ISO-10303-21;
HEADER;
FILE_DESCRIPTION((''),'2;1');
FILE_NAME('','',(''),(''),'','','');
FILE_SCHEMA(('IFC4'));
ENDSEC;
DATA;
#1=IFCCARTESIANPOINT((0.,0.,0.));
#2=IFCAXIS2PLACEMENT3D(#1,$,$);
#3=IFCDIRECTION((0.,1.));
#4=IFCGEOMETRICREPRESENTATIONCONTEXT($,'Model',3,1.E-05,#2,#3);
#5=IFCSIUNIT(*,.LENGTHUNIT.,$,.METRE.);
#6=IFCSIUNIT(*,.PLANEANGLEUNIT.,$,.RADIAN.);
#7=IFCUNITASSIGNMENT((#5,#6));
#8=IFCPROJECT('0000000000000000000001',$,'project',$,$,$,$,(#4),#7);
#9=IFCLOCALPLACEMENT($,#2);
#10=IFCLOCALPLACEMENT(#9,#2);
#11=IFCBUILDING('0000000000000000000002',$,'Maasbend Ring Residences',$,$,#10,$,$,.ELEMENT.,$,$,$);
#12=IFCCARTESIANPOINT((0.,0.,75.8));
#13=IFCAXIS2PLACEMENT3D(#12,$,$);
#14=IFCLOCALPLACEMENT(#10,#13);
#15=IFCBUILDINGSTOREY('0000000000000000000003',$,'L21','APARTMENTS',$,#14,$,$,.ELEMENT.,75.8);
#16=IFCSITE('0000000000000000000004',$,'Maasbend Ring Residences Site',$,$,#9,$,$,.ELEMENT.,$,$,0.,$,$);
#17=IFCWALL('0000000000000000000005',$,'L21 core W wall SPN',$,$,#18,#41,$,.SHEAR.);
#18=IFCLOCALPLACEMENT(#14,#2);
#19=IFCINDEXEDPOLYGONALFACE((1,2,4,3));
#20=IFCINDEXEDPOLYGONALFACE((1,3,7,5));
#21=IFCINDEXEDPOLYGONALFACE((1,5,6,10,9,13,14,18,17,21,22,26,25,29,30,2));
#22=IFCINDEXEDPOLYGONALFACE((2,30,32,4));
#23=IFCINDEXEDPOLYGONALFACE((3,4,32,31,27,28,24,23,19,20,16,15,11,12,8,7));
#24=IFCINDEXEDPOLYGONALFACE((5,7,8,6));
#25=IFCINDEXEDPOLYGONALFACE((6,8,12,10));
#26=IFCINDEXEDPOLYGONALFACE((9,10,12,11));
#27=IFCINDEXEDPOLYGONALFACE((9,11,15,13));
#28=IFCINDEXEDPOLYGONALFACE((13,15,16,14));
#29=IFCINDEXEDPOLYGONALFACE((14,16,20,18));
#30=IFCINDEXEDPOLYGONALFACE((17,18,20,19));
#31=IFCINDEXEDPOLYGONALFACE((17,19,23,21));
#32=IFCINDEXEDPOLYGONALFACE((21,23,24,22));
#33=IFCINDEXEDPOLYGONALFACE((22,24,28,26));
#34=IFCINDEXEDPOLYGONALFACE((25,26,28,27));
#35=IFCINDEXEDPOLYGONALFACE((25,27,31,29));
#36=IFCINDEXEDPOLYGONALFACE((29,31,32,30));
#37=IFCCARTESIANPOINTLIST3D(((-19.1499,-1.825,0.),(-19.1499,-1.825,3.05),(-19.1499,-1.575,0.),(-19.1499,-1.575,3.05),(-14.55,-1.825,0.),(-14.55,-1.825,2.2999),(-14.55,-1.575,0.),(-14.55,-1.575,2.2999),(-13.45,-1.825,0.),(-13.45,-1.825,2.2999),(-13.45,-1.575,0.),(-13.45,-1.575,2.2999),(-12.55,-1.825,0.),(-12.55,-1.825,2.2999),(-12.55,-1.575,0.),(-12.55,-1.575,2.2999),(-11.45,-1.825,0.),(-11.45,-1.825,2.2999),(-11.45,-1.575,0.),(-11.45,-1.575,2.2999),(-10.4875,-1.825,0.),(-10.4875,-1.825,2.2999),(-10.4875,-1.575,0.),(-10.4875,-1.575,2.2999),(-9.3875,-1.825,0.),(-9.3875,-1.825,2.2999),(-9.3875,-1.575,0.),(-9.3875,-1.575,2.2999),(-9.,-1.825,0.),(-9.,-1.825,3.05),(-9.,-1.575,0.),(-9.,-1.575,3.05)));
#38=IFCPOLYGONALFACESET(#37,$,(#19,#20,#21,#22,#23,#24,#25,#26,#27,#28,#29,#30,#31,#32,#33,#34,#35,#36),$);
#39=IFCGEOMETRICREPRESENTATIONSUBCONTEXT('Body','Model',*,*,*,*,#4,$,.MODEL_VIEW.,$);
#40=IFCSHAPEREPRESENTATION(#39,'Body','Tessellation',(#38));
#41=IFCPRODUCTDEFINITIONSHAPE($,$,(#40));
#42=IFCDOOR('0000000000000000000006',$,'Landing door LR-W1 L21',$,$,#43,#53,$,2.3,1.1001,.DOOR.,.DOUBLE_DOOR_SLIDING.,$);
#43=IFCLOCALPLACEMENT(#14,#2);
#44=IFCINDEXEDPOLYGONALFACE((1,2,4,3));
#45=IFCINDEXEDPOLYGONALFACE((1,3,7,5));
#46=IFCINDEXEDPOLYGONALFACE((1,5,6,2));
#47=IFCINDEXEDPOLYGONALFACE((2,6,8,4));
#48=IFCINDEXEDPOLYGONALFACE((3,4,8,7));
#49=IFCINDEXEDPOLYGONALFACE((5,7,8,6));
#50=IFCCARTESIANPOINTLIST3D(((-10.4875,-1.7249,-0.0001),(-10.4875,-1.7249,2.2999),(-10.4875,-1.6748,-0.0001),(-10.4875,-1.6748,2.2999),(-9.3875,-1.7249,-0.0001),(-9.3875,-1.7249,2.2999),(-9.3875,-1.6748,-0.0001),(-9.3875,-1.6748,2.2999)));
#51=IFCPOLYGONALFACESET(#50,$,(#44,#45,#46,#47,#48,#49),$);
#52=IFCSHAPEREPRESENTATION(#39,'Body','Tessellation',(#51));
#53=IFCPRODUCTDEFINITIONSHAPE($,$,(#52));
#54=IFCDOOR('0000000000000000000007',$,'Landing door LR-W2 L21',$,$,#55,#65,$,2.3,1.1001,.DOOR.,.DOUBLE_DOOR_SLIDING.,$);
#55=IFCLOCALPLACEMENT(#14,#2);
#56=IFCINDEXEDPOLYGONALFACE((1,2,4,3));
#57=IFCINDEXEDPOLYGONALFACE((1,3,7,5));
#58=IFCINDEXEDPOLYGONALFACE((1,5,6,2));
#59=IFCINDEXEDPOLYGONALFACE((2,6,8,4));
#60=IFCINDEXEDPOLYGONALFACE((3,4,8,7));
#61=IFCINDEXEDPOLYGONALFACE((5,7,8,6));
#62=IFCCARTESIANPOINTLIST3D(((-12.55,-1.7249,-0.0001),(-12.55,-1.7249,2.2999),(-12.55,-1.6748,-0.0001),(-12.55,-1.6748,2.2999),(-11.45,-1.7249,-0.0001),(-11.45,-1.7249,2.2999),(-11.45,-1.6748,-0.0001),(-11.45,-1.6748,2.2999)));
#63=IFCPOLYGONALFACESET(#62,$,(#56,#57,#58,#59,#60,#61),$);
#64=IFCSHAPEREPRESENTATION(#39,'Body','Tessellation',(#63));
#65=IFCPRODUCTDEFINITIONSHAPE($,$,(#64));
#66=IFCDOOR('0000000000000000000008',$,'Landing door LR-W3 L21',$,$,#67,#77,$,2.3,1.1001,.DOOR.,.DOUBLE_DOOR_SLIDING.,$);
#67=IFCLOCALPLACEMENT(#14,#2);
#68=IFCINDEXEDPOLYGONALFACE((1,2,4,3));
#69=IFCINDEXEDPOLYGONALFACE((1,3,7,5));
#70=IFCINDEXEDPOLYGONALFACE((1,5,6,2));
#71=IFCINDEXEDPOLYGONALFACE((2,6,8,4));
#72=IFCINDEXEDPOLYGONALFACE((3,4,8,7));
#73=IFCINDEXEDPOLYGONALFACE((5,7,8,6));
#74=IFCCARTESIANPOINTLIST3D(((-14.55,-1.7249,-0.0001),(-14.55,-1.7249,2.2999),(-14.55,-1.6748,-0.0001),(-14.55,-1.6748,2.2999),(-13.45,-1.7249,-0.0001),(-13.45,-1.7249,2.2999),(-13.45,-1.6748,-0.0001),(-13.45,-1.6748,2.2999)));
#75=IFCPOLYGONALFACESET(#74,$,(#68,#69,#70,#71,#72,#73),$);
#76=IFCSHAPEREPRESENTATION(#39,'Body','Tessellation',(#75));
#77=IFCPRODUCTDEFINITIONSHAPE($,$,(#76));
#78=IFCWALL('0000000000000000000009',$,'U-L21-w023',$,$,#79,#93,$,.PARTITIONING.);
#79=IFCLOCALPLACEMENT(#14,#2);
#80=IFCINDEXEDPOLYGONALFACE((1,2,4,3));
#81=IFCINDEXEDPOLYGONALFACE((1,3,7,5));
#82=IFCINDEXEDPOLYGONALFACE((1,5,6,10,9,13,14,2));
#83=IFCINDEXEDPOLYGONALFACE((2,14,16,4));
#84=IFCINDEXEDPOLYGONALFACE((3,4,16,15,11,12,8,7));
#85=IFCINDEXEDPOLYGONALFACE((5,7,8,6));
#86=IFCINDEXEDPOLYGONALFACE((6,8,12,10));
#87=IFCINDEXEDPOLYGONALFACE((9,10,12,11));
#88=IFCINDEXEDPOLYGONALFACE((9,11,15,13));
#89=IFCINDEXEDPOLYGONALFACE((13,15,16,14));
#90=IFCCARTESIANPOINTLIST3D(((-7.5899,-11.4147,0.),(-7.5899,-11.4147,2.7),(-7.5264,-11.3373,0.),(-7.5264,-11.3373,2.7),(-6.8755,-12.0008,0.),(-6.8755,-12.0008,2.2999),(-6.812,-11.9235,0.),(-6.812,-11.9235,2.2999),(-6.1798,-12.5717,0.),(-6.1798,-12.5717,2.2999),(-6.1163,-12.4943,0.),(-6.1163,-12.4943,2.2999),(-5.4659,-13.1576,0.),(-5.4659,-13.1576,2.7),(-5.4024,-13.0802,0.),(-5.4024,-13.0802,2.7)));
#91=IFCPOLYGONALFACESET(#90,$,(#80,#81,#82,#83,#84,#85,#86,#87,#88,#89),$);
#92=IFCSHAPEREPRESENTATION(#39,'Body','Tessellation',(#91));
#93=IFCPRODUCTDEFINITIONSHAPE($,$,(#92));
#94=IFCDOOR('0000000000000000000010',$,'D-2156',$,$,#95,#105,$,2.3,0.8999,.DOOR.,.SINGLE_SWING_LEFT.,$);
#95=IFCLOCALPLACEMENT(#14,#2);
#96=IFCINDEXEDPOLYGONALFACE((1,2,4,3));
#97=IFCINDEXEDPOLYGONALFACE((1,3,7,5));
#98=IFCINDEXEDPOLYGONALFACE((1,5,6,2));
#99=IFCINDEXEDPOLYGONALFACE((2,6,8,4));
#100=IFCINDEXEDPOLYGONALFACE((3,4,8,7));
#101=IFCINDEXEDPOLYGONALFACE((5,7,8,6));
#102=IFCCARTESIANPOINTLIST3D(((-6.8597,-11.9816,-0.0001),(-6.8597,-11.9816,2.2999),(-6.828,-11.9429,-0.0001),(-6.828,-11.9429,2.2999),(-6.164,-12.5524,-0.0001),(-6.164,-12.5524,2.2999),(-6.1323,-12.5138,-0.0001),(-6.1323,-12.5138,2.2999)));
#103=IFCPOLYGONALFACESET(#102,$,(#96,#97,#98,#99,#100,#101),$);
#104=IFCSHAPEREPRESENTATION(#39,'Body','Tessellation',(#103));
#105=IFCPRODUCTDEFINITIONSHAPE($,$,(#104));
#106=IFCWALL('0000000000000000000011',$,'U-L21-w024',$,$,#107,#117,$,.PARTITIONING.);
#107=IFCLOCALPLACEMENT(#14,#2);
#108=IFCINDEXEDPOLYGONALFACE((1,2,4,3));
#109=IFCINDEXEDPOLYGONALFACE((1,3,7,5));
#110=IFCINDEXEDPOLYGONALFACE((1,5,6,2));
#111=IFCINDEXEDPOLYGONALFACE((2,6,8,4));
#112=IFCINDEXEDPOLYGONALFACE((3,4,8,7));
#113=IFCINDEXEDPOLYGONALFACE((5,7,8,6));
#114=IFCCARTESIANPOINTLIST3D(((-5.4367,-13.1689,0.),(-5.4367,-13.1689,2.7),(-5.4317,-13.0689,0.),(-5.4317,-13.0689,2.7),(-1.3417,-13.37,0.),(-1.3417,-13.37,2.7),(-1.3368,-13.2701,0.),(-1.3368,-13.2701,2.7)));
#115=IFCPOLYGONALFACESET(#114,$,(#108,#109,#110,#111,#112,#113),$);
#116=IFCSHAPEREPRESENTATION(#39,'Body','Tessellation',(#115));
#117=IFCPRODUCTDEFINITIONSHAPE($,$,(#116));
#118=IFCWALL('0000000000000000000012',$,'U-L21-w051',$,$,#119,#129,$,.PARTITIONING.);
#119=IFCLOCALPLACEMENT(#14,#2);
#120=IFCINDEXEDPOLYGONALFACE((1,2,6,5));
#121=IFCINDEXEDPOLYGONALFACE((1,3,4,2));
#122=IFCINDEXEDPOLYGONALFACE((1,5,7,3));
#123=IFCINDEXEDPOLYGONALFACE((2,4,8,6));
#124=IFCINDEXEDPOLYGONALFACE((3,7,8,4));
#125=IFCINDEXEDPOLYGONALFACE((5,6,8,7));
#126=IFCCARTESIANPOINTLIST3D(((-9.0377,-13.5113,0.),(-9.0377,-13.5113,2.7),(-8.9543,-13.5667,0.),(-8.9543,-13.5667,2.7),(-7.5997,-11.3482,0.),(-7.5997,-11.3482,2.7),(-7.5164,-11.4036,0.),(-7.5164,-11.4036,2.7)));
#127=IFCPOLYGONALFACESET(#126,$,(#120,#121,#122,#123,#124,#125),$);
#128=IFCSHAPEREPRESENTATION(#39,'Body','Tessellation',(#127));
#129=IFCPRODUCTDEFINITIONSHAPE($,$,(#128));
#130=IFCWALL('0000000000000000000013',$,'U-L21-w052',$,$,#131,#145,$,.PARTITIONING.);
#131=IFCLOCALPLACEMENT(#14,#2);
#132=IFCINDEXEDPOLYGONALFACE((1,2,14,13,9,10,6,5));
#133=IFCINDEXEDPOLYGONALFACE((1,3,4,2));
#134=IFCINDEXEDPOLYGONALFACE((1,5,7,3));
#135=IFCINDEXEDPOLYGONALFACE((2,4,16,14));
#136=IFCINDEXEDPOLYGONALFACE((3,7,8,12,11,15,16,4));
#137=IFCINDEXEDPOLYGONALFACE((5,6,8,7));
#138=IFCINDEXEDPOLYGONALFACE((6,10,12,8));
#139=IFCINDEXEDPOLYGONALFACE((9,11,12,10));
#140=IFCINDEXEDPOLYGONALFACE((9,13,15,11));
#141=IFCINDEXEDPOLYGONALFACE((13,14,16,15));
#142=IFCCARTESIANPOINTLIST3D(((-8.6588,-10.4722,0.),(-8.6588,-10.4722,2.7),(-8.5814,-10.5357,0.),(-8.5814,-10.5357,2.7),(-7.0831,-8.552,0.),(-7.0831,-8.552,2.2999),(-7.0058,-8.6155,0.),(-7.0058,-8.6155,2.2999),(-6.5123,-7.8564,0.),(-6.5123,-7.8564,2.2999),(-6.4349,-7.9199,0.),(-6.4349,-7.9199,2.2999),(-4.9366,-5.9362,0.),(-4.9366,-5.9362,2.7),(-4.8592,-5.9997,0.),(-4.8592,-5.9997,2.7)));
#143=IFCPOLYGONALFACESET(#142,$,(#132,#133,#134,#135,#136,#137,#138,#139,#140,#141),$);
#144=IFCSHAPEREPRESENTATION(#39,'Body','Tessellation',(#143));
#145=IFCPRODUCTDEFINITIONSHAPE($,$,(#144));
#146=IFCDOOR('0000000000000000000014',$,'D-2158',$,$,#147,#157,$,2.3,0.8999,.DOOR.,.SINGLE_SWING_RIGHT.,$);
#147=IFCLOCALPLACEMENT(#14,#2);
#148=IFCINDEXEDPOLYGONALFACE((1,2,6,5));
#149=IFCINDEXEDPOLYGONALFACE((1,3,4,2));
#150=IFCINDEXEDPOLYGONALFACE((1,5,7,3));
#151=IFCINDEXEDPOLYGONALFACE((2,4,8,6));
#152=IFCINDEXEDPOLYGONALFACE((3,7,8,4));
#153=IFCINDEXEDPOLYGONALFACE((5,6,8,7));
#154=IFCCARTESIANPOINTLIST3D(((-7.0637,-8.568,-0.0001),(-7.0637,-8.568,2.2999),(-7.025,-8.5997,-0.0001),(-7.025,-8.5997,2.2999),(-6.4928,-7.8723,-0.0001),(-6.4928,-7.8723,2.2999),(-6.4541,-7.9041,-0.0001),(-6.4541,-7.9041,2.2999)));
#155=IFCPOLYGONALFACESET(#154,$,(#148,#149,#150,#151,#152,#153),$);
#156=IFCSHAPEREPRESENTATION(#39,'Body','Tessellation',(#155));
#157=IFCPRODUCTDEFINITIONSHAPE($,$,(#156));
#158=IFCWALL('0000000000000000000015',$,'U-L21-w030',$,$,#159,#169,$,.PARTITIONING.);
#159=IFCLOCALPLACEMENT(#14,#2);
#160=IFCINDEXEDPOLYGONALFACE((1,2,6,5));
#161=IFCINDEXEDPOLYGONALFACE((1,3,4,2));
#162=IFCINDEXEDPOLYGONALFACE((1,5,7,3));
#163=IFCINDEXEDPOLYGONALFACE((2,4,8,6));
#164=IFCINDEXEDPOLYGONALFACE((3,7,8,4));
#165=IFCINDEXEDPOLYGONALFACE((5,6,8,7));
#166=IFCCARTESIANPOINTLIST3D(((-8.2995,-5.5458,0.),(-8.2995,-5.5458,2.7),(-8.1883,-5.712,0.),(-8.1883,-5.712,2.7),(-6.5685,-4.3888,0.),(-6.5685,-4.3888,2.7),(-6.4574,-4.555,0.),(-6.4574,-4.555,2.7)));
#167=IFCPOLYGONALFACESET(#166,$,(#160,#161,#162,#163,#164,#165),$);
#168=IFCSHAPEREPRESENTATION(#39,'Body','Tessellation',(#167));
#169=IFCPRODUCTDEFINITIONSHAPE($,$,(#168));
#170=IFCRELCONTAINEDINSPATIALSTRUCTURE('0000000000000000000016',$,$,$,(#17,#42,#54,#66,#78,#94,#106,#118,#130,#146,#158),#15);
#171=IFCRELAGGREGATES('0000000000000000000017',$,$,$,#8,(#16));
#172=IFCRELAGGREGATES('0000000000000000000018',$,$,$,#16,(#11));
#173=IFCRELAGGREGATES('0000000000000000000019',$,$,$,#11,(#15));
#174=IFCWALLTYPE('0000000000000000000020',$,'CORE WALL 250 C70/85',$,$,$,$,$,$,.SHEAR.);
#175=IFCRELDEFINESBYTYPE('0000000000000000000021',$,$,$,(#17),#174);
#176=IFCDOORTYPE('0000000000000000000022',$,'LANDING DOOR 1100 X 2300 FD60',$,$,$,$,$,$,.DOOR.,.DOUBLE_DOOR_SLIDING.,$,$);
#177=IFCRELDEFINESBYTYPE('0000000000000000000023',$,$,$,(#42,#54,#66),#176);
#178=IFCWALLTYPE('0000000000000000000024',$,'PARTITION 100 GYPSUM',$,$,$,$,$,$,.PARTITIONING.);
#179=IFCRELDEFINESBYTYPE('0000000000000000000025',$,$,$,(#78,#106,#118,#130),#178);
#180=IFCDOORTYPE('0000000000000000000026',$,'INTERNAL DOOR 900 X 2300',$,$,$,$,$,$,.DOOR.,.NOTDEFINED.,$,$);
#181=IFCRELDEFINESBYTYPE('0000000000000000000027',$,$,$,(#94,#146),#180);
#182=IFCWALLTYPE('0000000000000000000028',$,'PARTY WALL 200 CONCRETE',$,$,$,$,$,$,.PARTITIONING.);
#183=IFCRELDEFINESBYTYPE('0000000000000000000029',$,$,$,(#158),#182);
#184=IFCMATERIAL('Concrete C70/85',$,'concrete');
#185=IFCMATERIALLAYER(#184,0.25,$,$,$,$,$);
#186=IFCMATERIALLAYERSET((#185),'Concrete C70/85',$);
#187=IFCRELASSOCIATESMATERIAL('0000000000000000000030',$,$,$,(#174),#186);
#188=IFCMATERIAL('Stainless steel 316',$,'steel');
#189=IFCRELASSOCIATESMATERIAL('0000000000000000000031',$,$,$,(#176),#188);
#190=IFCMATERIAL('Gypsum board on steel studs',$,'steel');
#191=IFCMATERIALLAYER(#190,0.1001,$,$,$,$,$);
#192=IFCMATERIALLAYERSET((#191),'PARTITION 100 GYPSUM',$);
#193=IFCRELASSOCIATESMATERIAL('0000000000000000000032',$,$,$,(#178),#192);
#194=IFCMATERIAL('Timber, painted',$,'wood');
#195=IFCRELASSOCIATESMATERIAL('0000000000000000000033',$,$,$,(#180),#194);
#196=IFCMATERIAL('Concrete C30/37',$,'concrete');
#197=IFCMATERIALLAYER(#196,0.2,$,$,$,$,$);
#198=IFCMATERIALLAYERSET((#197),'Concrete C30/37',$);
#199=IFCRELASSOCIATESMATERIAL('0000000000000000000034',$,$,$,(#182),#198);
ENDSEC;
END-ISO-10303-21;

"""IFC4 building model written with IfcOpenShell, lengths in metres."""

from ifc_helpers import new_model, si_unit, direction, frame, frame_2d, origin, place, context, subcontext, project, spatial, rectangle, extrude, material, layer, layer_set, type_object, element, fill, save


model = new_model("IFC4")

# Units and contexts
model_context = context("Model", 3, precision=1e-05, world=origin(), true_north=direction((0.0, 1.0)))
body_context = subcontext(model_context, "Body", "Model", "MODEL_VIEW")
ifc_project = project(units=[si_unit("LENGTHUNIT", "METRE"), si_unit("PLANEANGLEUNIT", "RADIAN")], contexts=[model_context])

# Site, building, storey
site_placement = place(None, origin())
site = spatial("IfcSite", under=ifc_project, at=site_placement, Name="Maasbend Ring Residences Site", CompositionType="ELEMENT", RefElevation=0.0)
building_placement = place(site_placement, origin())
building = spatial("IfcBuilding", under=site, at=building_placement, Name="Maasbend Ring Residences", CompositionType="ELEMENT")
storey_placement = place(building_placement, frame((0.0, 0.0, 75.8)))
storey = spatial("IfcBuildingStorey", under=building, at=storey_placement, Name="L21", Description="APARTMENTS", CompositionType="ELEMENT", Elevation=75.8)

# Wall, openings, doors
ifc_material_1 = material(Name="Concrete C70/85", Category="concrete")
ifc_layer_1 = layer(ifc_material_1, 0.25)
ifc_layer_set_1 = layer_set([ifc_layer_1], Name="Concrete C70/85")
wall_type_1 = type_object("IfcWallType", Name="CORE WALL 250 C70/85", PredefinedType="SHEAR", material=ifc_layer_set_1)
wall_1_placement = place(storey_placement, frame((-9.0, -1.7, 0.0), z_axis=(0.0, 0.0, 1.0), x_axis=(-1.0, 0.0, 0.0)))
wall_1 = element("IfcWall", 1, at=wall_1_placement, inside=storey, type_object=wall_type_1, Name="L21 core W wall SPN", PredefinedType="SHEAR", context=body_context, shape_type="SweptSolid", body=[
    extrude(rectangle(XDim=10.1499, YDim=0.25, at=frame_2d((5.075, 0.0))), origin(), (0.0, 0.0, 1.0), 3.05),
])
opening_1_placement = place(wall_1_placement, frame((0.3875, 0.0, 0.0)))
opening_1 = element("IfcOpeningElement", 2, at=opening_1_placement, cuts=wall_1, PredefinedType="OPENING", context=body_context, shape_type="SweptSolid", body=[
    extrude(rectangle(XDim=1.1001, YDim=2.3, at=frame_2d((0.55, 1.1499))), frame((0.0, 0.135, 0.0), z_axis=(0.0, -1.0, 0.0), x_axis=(1.0, 0.0, 0.0)), (0.0, 0.0, 1.0), 0.27),
])
opening_2_placement = place(wall_1_placement, frame((2.45, 0.0, 0.0)))
opening_2 = element("IfcOpeningElement", 3, at=opening_2_placement, cuts=wall_1, PredefinedType="OPENING", context=body_context, shape_type="SweptSolid", body=[
    extrude(rectangle(XDim=1.1001, YDim=2.3, at=frame_2d((0.55, 1.1499))), frame((0.0, 0.135, 0.0), z_axis=(0.0, -1.0, 0.0), x_axis=(1.0, 0.0, 0.0)), (0.0, 0.0, 1.0), 0.27),
])
opening_3_placement = place(wall_1_placement, frame((4.45, 0.0, 0.0)))
opening_3 = element("IfcOpeningElement", 4, at=opening_3_placement, cuts=wall_1, PredefinedType="OPENING", context=body_context, shape_type="SweptSolid", body=[
    extrude(rectangle(XDim=1.1001, YDim=2.3, at=frame_2d((0.55, 1.1499))), frame((0.0, 0.135, 0.0), z_axis=(0.0, -1.0, 0.0), x_axis=(1.0, 0.0, 0.0)), (0.0, 0.0, 1.0), 0.27),
])
ifc_material_2 = material(Name="Stainless steel 316", Category="steel")
door_type_1 = type_object("IfcDoorType", Name="LANDING DOOR 1100 X 2300 FD60", OperationType="DOUBLE_DOOR_SLIDING", PredefinedType="DOOR", material=ifc_material_2)
door_1_placement = place(opening_1_placement, origin())
door_1 = element("IfcDoor", 5, at=door_1_placement, inside=storey, type_object=door_type_1, Name="Landing door LR-W1 L21", OperationType="DOUBLE_DOOR_SLIDING", OverallHeight=2.3, OverallWidth=1.1001, PredefinedType="DOOR", context=body_context, shape_type="SweptSolid", body=[
    extrude(rectangle(XDim=1.1001, YDim=2.3, at=frame_2d((0.55, 1.1499))), frame((0.0, 0.0249, 0.0), z_axis=(0.0, -1.0, 0.0), x_axis=(1.0, 0.0, 0.0)), (0.0, 0.0, 1.0), 0.05),
])
fill(opening_1, door_1)
door_2_placement = place(opening_2_placement, origin())
door_2 = element("IfcDoor", 6, at=door_2_placement, inside=storey, type_object=door_type_1, Name="Landing door LR-W2 L21", OperationType="DOUBLE_DOOR_SLIDING", OverallHeight=2.3, OverallWidth=1.1001, PredefinedType="DOOR", context=body_context, shape_type="SweptSolid", body=[
    extrude(rectangle(XDim=1.1001, YDim=2.3, at=frame_2d((0.55, 1.1499))), frame((0.0, 0.0249, 0.0), z_axis=(0.0, -1.0, 0.0), x_axis=(1.0, 0.0, 0.0)), (0.0, 0.0, 1.0), 0.05),
])
fill(opening_2, door_2)
door_3_placement = place(opening_3_placement, origin())
door_3 = element("IfcDoor", 7, at=door_3_placement, inside=storey, type_object=door_type_1, Name="Landing door LR-W3 L21", OperationType="DOUBLE_DOOR_SLIDING", OverallHeight=2.3, OverallWidth=1.1001, PredefinedType="DOOR", context=body_context, shape_type="SweptSolid", body=[
    extrude(rectangle(XDim=1.1001, YDim=2.3, at=frame_2d((0.55, 1.1499))), frame((0.0, 0.0249, 0.0), z_axis=(0.0, -1.0, 0.0), x_axis=(1.0, 0.0, 0.0)), (0.0, 0.0, 1.0), 0.05),
])
fill(opening_3, door_3)

# Wall, opening, door
ifc_material_3 = material(Name="Gypsum board on steel studs", Category="steel")
ifc_layer_2 = layer(ifc_material_3, 0.1001)
ifc_layer_set_2 = layer_set([ifc_layer_2], Name="PARTITION 100 GYPSUM")
wall_type_2 = type_object("IfcWallType", Name="PARTITION 100 GYPSUM", PredefinedType="PARTITIONING", material=ifc_layer_set_2)
wall_2_placement = place(storey_placement, frame((-7.5581, -11.376, 0.0), z_axis=(0.0, 0.0, 1.0), x_axis=(0.77305, -0.634345, 0.0)))
wall_2 = element("IfcWall", 8, at=wall_2_placement, inside=storey, type_object=wall_type_2, Name="U-L21-w023", PredefinedType="PARTITIONING", context=body_context, shape_type="SweptSolid", body=[
    extrude(rectangle(XDim=2.7476, YDim=0.1001, at=frame_2d((1.3738, 0.0))), origin(), (0.0, 0.0, 1.0), 2.7),
])
opening_4_placement = place(wall_2_placement, frame((0.9241, 0.0, 0.0)))
opening_4 = element("IfcOpeningElement", 9, at=opening_4_placement, cuts=wall_2, PredefinedType="OPENING", context=body_context, shape_type="SweptSolid", body=[
    extrude(rectangle(XDim=0.8999, YDim=2.3, at=frame_2d((0.45, 1.1499))), frame((0.0, 0.0601, 0.0), z_axis=(0.0, -1.0, 0.0), x_axis=(1.0, 0.0, 0.0)), (0.0, 0.0, 1.0), 0.1201),
])
ifc_material_4 = material(Name="Timber, painted", Category="wood")
door_type_2 = type_object("IfcDoorType", Name="INTERNAL DOOR 900 X 2300", OperationType="NOTDEFINED", PredefinedType="DOOR", material=ifc_material_4)
door_4_placement = place(opening_4_placement, origin())
door_4 = element("IfcDoor", 10, at=door_4_placement, inside=storey, type_object=door_type_2, Name="D-2156", OperationType="SINGLE_SWING_LEFT", OverallHeight=2.3, OverallWidth=0.8999, PredefinedType="DOOR", context=body_context, shape_type="SweptSolid", body=[
    extrude(rectangle(XDim=0.8999, YDim=2.3, at=frame_2d((0.45, 1.1499))), frame((0.0, 0.0249, 0.0), z_axis=(0.0, -1.0, 0.0), x_axis=(1.0, 0.0, 0.0)), (0.0, 0.0, 1.0), 0.05),
])
fill(opening_4, door_4)

# Walls
wall_3_placement = place(storey_placement, frame((-5.4341, -13.1189, 0.0), z_axis=(0.0, 0.0, 1.0), x_axis=(0.998795, -0.049067, 0.0)))
element("IfcWall", 11, at=wall_3_placement, inside=storey, type_object=wall_type_2, Name="U-L21-w024", PredefinedType="PARTITIONING", context=body_context, shape_type="SweptSolid", body=[
    extrude(rectangle(XDim=4.0999, YDim=0.1001, at=frame_2d((2.0498, 0.0))), origin(), (0.0, 0.0, 1.0), 2.7),
])
wall_4_placement = place(storey_placement, frame((-8.9961, -13.5391, 0.0), z_axis=(0.0, 0.0, 1.0), x_axis=(0.553615, 0.832773, 0.0)))
element("IfcWall", 12, at=wall_4_placement, inside=storey, type_object=wall_type_2, Name="U-L21-w051", PredefinedType="PARTITIONING", context=body_context, shape_type="SweptSolid", body=[
    extrude(rectangle(XDim=2.5974, YDim=0.1001, at=frame_2d((1.2988, 0.0))), origin(), (0.0, 0.0, 1.0), 2.7),
])

# Wall, opening, door
wall_5_placement = place(storey_placement, frame((-8.6201, -10.5039, 0.0), z_axis=(0.0, 0.0, 1.0), x_axis=(0.634359, 0.773039, 0.0)))
wall_5 = element("IfcWall", 13, at=wall_5_placement, inside=storey, type_object=wall_type_2, Name="U-L21-w052", PredefinedType="PARTITIONING", context=body_context, shape_type="SweptSolid", body=[
    extrude(rectangle(XDim=5.8677, YDim=0.1001, at=frame_2d((2.9338, 0.0))), origin(), (0.0, 0.0, 1.0), 2.7),
])
opening_5_placement = place(wall_5_placement, frame((2.4839, 0.0, 0.0)))
opening_5 = element("IfcOpeningElement", 14, at=opening_5_placement, cuts=wall_5, PredefinedType="OPENING", context=body_context, shape_type="SweptSolid", body=[
    extrude(rectangle(XDim=0.8999, YDim=2.3, at=frame_2d((0.45, 1.1499))), frame((0.0, 0.0601, 0.0), z_axis=(0.0, -1.0, 0.0), x_axis=(1.0, 0.0, 0.0)), (0.0, 0.0, 1.0), 0.1201),
])
door_5_placement = place(opening_5_placement, origin())
door_5 = element("IfcDoor", 15, at=door_5_placement, inside=storey, type_object=door_type_2, Name="D-2158", OperationType="SINGLE_SWING_RIGHT", OverallHeight=2.3, OverallWidth=0.8999, PredefinedType="DOOR", context=body_context, shape_type="SweptSolid", body=[
    extrude(rectangle(XDim=0.8999, YDim=2.3, at=frame_2d((0.45, 1.1499))), frame((0.0, 0.0249, 0.0), z_axis=(0.0, -1.0, 0.0), x_axis=(1.0, 0.0, 0.0)), (0.0, 0.0, 1.0), 0.05),
])
fill(opening_5, door_5)

# Wall
ifc_material_5 = material(Name="Concrete C30/37", Category="concrete")
ifc_layer_3 = layer(ifc_material_5, 0.2)
ifc_layer_set_3 = layer_set([ifc_layer_3], Name="Concrete C30/37")
wall_type_3 = type_object("IfcWallType", Name="PARTY WALL 200 CONCRETE", PredefinedType="PARTITIONING", material=ifc_layer_set_3)
wall_6_placement = place(storey_placement, frame((-6.5129, -4.4719, 0.0), z_axis=(0.0, 0.0, 1.0), x_axis=(-0.831382, -0.555701, 0.0)))
element("IfcWall", 16, at=wall_6_placement, inside=storey, type_object=wall_type_3, Name="U-L21-w030", PredefinedType="PARTITIONING", context=body_context, shape_type="SweptSolid", body=[
    extrude(rectangle(XDim=2.082, YDim=0.2, at=frame_2d((1.041, 0.0))), origin(), (0.0, 0.0, 1.0), 2.7),
])

save(model, "model.ifc")
